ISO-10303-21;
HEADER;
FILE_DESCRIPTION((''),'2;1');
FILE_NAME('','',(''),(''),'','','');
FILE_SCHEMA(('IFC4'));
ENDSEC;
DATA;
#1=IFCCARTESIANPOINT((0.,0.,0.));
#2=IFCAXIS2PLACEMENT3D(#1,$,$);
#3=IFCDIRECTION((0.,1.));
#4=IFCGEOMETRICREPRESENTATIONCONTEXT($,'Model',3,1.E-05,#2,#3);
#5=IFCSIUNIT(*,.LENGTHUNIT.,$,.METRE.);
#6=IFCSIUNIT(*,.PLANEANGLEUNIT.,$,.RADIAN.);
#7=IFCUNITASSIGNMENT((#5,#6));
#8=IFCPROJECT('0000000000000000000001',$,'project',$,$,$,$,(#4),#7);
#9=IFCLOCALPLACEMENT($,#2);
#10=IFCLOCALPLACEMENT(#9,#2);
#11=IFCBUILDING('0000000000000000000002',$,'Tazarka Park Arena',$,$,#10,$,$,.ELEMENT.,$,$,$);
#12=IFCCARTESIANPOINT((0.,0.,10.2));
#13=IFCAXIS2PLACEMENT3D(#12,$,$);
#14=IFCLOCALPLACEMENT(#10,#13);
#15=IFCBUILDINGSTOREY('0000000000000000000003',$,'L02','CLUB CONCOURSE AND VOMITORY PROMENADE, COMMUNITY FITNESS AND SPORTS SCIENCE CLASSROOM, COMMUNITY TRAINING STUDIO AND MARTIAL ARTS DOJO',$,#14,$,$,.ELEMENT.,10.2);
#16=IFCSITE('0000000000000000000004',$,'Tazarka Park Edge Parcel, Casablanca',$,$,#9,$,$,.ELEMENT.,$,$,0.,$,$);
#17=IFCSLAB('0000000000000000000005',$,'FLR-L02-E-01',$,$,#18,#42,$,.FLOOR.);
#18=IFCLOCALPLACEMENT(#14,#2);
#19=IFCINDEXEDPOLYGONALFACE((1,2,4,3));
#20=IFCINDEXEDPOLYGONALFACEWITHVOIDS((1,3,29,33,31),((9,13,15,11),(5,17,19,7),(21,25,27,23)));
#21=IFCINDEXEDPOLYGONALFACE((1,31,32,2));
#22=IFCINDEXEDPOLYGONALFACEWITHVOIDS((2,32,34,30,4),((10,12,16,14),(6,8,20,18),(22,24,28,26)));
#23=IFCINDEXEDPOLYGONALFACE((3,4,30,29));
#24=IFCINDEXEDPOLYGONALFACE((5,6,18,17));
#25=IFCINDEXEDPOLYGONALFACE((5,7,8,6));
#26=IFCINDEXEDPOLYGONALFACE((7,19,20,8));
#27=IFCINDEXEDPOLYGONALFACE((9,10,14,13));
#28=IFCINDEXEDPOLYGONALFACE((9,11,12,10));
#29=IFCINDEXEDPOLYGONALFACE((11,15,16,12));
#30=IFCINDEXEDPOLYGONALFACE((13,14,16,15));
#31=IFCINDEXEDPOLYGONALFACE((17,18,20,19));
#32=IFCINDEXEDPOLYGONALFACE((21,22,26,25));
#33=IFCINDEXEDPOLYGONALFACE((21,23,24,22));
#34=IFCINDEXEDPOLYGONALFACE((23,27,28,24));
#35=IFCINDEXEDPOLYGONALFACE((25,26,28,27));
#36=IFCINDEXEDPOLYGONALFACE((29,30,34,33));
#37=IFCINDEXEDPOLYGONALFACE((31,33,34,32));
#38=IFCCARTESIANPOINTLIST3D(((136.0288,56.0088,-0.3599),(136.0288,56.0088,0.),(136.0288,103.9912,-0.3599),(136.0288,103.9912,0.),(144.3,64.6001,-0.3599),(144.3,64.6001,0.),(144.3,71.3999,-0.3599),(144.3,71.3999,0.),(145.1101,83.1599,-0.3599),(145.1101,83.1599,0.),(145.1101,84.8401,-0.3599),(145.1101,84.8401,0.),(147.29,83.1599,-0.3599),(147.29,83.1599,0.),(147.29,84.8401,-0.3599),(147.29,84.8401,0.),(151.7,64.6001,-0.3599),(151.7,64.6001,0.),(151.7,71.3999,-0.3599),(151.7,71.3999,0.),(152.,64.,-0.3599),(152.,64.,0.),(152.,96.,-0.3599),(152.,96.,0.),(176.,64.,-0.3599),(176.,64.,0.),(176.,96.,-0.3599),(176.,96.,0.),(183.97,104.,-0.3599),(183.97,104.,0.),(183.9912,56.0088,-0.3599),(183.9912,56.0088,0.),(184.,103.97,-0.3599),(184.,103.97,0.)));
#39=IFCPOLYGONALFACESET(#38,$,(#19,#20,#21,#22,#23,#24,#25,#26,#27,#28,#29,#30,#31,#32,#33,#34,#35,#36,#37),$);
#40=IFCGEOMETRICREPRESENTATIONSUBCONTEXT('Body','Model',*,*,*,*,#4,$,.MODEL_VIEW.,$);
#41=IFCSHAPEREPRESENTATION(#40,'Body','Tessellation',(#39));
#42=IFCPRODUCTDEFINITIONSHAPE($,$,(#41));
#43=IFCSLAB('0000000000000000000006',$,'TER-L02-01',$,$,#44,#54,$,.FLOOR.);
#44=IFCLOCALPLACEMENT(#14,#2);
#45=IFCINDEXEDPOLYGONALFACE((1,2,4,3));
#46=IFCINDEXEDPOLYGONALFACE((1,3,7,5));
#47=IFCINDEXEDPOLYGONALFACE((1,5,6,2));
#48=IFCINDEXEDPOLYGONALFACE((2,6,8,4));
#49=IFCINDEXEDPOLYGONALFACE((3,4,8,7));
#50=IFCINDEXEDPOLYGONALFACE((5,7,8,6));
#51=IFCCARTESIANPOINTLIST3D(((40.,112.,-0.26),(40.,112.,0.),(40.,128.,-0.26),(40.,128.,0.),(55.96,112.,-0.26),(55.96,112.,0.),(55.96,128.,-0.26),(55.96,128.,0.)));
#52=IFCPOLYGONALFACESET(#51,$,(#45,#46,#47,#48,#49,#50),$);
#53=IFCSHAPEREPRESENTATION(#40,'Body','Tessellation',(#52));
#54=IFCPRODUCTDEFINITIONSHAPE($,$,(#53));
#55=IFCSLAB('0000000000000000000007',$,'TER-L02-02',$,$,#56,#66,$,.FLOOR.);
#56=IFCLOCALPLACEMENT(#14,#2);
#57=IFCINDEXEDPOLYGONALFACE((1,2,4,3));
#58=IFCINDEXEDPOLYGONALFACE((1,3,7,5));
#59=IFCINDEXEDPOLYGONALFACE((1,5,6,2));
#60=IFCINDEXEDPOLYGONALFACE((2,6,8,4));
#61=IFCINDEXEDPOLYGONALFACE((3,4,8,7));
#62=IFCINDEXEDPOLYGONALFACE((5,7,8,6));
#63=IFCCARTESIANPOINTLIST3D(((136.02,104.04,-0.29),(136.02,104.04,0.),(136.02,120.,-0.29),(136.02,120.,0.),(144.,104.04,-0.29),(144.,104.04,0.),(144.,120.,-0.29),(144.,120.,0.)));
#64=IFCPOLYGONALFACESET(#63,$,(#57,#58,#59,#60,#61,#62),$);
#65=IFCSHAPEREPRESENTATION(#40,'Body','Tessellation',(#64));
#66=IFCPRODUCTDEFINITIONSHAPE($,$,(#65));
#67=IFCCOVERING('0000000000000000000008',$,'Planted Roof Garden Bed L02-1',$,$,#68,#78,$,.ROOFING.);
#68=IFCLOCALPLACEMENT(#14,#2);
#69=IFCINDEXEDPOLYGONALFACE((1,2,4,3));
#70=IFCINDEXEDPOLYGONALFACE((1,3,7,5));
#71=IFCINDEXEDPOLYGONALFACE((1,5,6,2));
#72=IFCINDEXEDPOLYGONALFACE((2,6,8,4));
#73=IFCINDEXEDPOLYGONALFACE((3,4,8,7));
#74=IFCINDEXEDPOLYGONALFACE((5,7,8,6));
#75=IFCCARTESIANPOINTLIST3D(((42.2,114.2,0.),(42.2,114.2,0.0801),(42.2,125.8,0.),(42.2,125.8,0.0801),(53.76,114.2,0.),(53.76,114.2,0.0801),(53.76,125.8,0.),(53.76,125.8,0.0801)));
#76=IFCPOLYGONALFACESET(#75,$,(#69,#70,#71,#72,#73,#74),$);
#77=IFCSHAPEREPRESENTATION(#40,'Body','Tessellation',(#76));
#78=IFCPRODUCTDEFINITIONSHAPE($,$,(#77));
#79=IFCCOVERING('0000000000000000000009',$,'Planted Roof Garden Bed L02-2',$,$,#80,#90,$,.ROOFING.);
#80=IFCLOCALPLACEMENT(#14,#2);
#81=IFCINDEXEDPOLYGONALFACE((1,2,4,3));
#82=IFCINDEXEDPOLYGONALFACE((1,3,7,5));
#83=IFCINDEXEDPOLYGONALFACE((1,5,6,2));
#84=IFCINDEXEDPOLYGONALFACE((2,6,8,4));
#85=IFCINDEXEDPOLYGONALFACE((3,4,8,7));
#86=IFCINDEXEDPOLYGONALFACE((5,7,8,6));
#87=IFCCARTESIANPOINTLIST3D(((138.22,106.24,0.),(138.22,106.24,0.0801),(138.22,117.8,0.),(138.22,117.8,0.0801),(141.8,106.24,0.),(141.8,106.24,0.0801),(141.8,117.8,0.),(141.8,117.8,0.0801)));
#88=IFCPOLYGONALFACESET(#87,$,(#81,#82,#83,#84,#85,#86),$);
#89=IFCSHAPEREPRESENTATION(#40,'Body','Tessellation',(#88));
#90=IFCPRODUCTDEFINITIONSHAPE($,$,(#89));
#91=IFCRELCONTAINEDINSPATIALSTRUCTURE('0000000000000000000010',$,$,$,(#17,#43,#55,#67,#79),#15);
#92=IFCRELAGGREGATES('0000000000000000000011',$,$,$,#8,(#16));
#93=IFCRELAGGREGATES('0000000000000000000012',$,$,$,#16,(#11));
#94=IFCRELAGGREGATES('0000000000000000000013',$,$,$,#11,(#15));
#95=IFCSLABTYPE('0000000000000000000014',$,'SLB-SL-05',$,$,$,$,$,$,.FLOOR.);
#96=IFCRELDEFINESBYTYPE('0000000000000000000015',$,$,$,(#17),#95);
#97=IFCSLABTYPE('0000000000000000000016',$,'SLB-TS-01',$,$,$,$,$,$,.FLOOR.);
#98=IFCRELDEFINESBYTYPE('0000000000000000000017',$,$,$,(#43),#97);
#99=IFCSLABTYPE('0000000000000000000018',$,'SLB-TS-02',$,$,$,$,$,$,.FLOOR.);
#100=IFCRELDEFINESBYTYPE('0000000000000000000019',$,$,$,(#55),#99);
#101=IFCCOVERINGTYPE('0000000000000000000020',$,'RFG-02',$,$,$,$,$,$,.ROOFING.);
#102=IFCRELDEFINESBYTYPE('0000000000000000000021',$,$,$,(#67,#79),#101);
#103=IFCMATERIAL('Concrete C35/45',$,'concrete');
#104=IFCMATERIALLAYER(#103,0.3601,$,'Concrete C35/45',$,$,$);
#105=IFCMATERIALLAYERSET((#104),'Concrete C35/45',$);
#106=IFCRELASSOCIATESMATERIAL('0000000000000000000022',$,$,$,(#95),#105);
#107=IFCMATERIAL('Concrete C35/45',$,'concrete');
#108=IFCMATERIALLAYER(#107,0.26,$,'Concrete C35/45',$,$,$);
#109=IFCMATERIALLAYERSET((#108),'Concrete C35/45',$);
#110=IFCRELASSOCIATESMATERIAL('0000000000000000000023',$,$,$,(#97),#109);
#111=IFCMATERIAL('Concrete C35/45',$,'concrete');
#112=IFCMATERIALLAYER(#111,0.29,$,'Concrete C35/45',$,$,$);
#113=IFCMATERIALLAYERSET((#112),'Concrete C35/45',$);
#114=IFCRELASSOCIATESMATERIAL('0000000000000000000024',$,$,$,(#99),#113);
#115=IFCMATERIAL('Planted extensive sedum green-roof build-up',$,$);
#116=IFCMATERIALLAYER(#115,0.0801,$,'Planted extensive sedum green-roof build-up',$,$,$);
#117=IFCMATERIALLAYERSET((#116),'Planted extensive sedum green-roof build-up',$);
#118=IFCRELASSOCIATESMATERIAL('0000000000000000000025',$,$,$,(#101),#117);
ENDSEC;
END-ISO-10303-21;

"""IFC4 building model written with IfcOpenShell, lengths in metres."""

from ifc_helpers import new_model, si_unit, direction, frame, origin, place, context, subcontext, project, spatial, polyline, outline, extrude, material, layer, layer_set, type_object, element, save


model = new_model("IFC4")

# Units and contexts
model_context = context("Model", 3, precision=1e-05, world=origin(), true_north=direction((0.0, 1.0)))
body_context = subcontext(model_context, "Body", "Model", "MODEL_VIEW")
ifc_project = project(units=[si_unit("LENGTHUNIT", "METRE"), si_unit("PLANEANGLEUNIT", "RADIAN")], contexts=[model_context])

# Site, building, storey
site_placement = place(None, origin())
site = spatial("IfcSite", under=ifc_project, at=site_placement, Name="Tazarka Park Edge Parcel, Casablanca", CompositionType="ELEMENT", RefElevation=0.0)
building_placement = place(site_placement, origin())
building = spatial("IfcBuilding", under=site, at=building_placement, Name="Tazarka Park Arena", CompositionType="ELEMENT")
storey_placement = place(building_placement, frame((0.0, 0.0, 10.2)))
storey = spatial("IfcBuildingStorey", under=building, at=storey_placement, Name="L02", Description="CLUB CONCOURSE AND VOMITORY PROMENADE, COMMUNITY FITNESS AND SPORTS SCIENCE CLASSROOM, COMMUNITY TRAINING STUDIO AND MARTIAL ARTS DOJO", CompositionType="ELEMENT", Elevation=10.2)

# Slabs
ifc_material_1 = material(Name="Concrete C35/45", Category="concrete")
ifc_layer_1 = layer(ifc_material_1, 0.3601, Name="Concrete C35/45")
ifc_layer_set_1 = layer_set([ifc_layer_1], Name="Concrete C35/45")
slab_type_1 = type_object("IfcSlabType", Name="SLB-SL-05", PredefinedType="FLOOR", material=ifc_layer_set_1)
slab_1_placement = place(storey_placement, frame((0.0, 0.0, -0.3599)))
element("IfcSlab", 1, at=slab_1_placement, inside=storey, type_object=slab_type_1, Name="FLR-L02-E-01", PredefinedType="FLOOR", context=body_context, shape_type="SweptSolid", body=[
    extrude(outline(polyline([(183.97, 104.0), (184.0, 103.97), (183.9912, 56.0088), (136.0288, 56.0088), (136.0288, 103.9912), (183.97, 104.0)]), holes=[polyline([(152.0, 64.0), (176.0, 64.0), (176.0, 96.0), (152.0, 96.0), (152.0, 64.0)]), polyline([(144.3, 64.6001), (151.7, 64.6001), (151.7, 71.3999), (144.3, 71.3999), (144.3, 64.6001)]), polyline([(145.1101, 83.1599), (147.29, 83.1599), (147.29, 84.8401), (145.1101, 84.8401), (145.1101, 83.1599)])]), origin(), (0.0, 0.0, 1.0), 0.3599),
])
ifc_material_2 = material(Name="Concrete C35/45", Category="concrete")
ifc_layer_2 = layer(ifc_material_2, 0.26, Name="Concrete C35/45")
ifc_layer_set_2 = layer_set([ifc_layer_2], Name="Concrete C35/45")
slab_type_2 = type_object("IfcSlabType", Name="SLB-TS-01", PredefinedType="FLOOR", material=ifc_layer_set_2)
slab_2_placement = place(storey_placement, frame((0.0, 0.0, -0.26)))
element("IfcSlab", 2, at=slab_2_placement, inside=storey, type_object=slab_type_2, Name="TER-L02-01", PredefinedType="FLOOR", context=body_context, shape_type="SweptSolid", body=[
    extrude(outline(polyline([(40.0, 112.0), (40.0, 128.0), (55.96, 128.0), (55.96, 112.0), (40.0, 112.0)])), origin(), (0.0, 0.0, 1.0), 0.26),
])
ifc_material_3 = material(Name="Concrete C35/45", Category="concrete")
ifc_layer_3 = layer(ifc_material_3, 0.29, Name="Concrete C35/45")
ifc_layer_set_3 = layer_set([ifc_layer_3], Name="Concrete C35/45")
slab_type_3 = type_object("IfcSlabType", Name="SLB-TS-02", PredefinedType="FLOOR", material=ifc_layer_set_3)
slab_3_placement = place(storey_placement, frame((0.0, 0.0, -0.29)))
element("IfcSlab", 3, at=slab_3_placement, inside=storey, type_object=slab_type_3, Name="TER-L02-02", PredefinedType="FLOOR", context=body_context, shape_type="SweptSolid", body=[
    extrude(outline(polyline([(144.0, 120.0), (144.0, 104.04), (136.02, 104.04), (136.02, 120.0), (144.0, 120.0)])), origin(), (0.0, 0.0, 1.0), 0.29),
])

# Coverings
ifc_material_4 = material(Name="Planted extensive sedum green-roof build-up")
ifc_layer_4 = layer(ifc_material_4, 0.0801, Name="Planted extensive sedum green-roof build-up")
ifc_layer_set_4 = layer_set([ifc_layer_4], Name="Planted extensive sedum green-roof build-up")
covering_type = type_object("IfcCoveringType", Name="RFG-02", PredefinedType="ROOFING", material=ifc_layer_set_4)
covering_1_placement = place(storey_placement, origin())
element("IfcCovering", 4, at=covering_1_placement, inside=storey, type_object=covering_type, Name="Planted Roof Garden Bed L02-1", PredefinedType="ROOFING", context=body_context, shape_type="SweptSolid", body=[
    extrude(outline(polyline([(42.2, 114.2), (42.2, 125.8), (53.76, 125.8), (53.76, 114.2), (42.2, 114.2)])), origin(), (0.0, 0.0, 1.0), 0.0801),
])
covering_2_placement = place(storey_placement, origin())
element("IfcCovering", 5, at=covering_2_placement, inside=storey, type_object=covering_type, Name="Planted Roof Garden Bed L02-2", PredefinedType="ROOFING", context=body_context, shape_type="SweptSolid", body=[
    extrude(outline(polyline([(141.8, 117.8), (141.8, 106.24), (138.22, 106.24), (138.22, 117.8), (141.8, 117.8)])), origin(), (0.0, 0.0, 1.0), 0.0801),
])

save(model, "model.ifc")
